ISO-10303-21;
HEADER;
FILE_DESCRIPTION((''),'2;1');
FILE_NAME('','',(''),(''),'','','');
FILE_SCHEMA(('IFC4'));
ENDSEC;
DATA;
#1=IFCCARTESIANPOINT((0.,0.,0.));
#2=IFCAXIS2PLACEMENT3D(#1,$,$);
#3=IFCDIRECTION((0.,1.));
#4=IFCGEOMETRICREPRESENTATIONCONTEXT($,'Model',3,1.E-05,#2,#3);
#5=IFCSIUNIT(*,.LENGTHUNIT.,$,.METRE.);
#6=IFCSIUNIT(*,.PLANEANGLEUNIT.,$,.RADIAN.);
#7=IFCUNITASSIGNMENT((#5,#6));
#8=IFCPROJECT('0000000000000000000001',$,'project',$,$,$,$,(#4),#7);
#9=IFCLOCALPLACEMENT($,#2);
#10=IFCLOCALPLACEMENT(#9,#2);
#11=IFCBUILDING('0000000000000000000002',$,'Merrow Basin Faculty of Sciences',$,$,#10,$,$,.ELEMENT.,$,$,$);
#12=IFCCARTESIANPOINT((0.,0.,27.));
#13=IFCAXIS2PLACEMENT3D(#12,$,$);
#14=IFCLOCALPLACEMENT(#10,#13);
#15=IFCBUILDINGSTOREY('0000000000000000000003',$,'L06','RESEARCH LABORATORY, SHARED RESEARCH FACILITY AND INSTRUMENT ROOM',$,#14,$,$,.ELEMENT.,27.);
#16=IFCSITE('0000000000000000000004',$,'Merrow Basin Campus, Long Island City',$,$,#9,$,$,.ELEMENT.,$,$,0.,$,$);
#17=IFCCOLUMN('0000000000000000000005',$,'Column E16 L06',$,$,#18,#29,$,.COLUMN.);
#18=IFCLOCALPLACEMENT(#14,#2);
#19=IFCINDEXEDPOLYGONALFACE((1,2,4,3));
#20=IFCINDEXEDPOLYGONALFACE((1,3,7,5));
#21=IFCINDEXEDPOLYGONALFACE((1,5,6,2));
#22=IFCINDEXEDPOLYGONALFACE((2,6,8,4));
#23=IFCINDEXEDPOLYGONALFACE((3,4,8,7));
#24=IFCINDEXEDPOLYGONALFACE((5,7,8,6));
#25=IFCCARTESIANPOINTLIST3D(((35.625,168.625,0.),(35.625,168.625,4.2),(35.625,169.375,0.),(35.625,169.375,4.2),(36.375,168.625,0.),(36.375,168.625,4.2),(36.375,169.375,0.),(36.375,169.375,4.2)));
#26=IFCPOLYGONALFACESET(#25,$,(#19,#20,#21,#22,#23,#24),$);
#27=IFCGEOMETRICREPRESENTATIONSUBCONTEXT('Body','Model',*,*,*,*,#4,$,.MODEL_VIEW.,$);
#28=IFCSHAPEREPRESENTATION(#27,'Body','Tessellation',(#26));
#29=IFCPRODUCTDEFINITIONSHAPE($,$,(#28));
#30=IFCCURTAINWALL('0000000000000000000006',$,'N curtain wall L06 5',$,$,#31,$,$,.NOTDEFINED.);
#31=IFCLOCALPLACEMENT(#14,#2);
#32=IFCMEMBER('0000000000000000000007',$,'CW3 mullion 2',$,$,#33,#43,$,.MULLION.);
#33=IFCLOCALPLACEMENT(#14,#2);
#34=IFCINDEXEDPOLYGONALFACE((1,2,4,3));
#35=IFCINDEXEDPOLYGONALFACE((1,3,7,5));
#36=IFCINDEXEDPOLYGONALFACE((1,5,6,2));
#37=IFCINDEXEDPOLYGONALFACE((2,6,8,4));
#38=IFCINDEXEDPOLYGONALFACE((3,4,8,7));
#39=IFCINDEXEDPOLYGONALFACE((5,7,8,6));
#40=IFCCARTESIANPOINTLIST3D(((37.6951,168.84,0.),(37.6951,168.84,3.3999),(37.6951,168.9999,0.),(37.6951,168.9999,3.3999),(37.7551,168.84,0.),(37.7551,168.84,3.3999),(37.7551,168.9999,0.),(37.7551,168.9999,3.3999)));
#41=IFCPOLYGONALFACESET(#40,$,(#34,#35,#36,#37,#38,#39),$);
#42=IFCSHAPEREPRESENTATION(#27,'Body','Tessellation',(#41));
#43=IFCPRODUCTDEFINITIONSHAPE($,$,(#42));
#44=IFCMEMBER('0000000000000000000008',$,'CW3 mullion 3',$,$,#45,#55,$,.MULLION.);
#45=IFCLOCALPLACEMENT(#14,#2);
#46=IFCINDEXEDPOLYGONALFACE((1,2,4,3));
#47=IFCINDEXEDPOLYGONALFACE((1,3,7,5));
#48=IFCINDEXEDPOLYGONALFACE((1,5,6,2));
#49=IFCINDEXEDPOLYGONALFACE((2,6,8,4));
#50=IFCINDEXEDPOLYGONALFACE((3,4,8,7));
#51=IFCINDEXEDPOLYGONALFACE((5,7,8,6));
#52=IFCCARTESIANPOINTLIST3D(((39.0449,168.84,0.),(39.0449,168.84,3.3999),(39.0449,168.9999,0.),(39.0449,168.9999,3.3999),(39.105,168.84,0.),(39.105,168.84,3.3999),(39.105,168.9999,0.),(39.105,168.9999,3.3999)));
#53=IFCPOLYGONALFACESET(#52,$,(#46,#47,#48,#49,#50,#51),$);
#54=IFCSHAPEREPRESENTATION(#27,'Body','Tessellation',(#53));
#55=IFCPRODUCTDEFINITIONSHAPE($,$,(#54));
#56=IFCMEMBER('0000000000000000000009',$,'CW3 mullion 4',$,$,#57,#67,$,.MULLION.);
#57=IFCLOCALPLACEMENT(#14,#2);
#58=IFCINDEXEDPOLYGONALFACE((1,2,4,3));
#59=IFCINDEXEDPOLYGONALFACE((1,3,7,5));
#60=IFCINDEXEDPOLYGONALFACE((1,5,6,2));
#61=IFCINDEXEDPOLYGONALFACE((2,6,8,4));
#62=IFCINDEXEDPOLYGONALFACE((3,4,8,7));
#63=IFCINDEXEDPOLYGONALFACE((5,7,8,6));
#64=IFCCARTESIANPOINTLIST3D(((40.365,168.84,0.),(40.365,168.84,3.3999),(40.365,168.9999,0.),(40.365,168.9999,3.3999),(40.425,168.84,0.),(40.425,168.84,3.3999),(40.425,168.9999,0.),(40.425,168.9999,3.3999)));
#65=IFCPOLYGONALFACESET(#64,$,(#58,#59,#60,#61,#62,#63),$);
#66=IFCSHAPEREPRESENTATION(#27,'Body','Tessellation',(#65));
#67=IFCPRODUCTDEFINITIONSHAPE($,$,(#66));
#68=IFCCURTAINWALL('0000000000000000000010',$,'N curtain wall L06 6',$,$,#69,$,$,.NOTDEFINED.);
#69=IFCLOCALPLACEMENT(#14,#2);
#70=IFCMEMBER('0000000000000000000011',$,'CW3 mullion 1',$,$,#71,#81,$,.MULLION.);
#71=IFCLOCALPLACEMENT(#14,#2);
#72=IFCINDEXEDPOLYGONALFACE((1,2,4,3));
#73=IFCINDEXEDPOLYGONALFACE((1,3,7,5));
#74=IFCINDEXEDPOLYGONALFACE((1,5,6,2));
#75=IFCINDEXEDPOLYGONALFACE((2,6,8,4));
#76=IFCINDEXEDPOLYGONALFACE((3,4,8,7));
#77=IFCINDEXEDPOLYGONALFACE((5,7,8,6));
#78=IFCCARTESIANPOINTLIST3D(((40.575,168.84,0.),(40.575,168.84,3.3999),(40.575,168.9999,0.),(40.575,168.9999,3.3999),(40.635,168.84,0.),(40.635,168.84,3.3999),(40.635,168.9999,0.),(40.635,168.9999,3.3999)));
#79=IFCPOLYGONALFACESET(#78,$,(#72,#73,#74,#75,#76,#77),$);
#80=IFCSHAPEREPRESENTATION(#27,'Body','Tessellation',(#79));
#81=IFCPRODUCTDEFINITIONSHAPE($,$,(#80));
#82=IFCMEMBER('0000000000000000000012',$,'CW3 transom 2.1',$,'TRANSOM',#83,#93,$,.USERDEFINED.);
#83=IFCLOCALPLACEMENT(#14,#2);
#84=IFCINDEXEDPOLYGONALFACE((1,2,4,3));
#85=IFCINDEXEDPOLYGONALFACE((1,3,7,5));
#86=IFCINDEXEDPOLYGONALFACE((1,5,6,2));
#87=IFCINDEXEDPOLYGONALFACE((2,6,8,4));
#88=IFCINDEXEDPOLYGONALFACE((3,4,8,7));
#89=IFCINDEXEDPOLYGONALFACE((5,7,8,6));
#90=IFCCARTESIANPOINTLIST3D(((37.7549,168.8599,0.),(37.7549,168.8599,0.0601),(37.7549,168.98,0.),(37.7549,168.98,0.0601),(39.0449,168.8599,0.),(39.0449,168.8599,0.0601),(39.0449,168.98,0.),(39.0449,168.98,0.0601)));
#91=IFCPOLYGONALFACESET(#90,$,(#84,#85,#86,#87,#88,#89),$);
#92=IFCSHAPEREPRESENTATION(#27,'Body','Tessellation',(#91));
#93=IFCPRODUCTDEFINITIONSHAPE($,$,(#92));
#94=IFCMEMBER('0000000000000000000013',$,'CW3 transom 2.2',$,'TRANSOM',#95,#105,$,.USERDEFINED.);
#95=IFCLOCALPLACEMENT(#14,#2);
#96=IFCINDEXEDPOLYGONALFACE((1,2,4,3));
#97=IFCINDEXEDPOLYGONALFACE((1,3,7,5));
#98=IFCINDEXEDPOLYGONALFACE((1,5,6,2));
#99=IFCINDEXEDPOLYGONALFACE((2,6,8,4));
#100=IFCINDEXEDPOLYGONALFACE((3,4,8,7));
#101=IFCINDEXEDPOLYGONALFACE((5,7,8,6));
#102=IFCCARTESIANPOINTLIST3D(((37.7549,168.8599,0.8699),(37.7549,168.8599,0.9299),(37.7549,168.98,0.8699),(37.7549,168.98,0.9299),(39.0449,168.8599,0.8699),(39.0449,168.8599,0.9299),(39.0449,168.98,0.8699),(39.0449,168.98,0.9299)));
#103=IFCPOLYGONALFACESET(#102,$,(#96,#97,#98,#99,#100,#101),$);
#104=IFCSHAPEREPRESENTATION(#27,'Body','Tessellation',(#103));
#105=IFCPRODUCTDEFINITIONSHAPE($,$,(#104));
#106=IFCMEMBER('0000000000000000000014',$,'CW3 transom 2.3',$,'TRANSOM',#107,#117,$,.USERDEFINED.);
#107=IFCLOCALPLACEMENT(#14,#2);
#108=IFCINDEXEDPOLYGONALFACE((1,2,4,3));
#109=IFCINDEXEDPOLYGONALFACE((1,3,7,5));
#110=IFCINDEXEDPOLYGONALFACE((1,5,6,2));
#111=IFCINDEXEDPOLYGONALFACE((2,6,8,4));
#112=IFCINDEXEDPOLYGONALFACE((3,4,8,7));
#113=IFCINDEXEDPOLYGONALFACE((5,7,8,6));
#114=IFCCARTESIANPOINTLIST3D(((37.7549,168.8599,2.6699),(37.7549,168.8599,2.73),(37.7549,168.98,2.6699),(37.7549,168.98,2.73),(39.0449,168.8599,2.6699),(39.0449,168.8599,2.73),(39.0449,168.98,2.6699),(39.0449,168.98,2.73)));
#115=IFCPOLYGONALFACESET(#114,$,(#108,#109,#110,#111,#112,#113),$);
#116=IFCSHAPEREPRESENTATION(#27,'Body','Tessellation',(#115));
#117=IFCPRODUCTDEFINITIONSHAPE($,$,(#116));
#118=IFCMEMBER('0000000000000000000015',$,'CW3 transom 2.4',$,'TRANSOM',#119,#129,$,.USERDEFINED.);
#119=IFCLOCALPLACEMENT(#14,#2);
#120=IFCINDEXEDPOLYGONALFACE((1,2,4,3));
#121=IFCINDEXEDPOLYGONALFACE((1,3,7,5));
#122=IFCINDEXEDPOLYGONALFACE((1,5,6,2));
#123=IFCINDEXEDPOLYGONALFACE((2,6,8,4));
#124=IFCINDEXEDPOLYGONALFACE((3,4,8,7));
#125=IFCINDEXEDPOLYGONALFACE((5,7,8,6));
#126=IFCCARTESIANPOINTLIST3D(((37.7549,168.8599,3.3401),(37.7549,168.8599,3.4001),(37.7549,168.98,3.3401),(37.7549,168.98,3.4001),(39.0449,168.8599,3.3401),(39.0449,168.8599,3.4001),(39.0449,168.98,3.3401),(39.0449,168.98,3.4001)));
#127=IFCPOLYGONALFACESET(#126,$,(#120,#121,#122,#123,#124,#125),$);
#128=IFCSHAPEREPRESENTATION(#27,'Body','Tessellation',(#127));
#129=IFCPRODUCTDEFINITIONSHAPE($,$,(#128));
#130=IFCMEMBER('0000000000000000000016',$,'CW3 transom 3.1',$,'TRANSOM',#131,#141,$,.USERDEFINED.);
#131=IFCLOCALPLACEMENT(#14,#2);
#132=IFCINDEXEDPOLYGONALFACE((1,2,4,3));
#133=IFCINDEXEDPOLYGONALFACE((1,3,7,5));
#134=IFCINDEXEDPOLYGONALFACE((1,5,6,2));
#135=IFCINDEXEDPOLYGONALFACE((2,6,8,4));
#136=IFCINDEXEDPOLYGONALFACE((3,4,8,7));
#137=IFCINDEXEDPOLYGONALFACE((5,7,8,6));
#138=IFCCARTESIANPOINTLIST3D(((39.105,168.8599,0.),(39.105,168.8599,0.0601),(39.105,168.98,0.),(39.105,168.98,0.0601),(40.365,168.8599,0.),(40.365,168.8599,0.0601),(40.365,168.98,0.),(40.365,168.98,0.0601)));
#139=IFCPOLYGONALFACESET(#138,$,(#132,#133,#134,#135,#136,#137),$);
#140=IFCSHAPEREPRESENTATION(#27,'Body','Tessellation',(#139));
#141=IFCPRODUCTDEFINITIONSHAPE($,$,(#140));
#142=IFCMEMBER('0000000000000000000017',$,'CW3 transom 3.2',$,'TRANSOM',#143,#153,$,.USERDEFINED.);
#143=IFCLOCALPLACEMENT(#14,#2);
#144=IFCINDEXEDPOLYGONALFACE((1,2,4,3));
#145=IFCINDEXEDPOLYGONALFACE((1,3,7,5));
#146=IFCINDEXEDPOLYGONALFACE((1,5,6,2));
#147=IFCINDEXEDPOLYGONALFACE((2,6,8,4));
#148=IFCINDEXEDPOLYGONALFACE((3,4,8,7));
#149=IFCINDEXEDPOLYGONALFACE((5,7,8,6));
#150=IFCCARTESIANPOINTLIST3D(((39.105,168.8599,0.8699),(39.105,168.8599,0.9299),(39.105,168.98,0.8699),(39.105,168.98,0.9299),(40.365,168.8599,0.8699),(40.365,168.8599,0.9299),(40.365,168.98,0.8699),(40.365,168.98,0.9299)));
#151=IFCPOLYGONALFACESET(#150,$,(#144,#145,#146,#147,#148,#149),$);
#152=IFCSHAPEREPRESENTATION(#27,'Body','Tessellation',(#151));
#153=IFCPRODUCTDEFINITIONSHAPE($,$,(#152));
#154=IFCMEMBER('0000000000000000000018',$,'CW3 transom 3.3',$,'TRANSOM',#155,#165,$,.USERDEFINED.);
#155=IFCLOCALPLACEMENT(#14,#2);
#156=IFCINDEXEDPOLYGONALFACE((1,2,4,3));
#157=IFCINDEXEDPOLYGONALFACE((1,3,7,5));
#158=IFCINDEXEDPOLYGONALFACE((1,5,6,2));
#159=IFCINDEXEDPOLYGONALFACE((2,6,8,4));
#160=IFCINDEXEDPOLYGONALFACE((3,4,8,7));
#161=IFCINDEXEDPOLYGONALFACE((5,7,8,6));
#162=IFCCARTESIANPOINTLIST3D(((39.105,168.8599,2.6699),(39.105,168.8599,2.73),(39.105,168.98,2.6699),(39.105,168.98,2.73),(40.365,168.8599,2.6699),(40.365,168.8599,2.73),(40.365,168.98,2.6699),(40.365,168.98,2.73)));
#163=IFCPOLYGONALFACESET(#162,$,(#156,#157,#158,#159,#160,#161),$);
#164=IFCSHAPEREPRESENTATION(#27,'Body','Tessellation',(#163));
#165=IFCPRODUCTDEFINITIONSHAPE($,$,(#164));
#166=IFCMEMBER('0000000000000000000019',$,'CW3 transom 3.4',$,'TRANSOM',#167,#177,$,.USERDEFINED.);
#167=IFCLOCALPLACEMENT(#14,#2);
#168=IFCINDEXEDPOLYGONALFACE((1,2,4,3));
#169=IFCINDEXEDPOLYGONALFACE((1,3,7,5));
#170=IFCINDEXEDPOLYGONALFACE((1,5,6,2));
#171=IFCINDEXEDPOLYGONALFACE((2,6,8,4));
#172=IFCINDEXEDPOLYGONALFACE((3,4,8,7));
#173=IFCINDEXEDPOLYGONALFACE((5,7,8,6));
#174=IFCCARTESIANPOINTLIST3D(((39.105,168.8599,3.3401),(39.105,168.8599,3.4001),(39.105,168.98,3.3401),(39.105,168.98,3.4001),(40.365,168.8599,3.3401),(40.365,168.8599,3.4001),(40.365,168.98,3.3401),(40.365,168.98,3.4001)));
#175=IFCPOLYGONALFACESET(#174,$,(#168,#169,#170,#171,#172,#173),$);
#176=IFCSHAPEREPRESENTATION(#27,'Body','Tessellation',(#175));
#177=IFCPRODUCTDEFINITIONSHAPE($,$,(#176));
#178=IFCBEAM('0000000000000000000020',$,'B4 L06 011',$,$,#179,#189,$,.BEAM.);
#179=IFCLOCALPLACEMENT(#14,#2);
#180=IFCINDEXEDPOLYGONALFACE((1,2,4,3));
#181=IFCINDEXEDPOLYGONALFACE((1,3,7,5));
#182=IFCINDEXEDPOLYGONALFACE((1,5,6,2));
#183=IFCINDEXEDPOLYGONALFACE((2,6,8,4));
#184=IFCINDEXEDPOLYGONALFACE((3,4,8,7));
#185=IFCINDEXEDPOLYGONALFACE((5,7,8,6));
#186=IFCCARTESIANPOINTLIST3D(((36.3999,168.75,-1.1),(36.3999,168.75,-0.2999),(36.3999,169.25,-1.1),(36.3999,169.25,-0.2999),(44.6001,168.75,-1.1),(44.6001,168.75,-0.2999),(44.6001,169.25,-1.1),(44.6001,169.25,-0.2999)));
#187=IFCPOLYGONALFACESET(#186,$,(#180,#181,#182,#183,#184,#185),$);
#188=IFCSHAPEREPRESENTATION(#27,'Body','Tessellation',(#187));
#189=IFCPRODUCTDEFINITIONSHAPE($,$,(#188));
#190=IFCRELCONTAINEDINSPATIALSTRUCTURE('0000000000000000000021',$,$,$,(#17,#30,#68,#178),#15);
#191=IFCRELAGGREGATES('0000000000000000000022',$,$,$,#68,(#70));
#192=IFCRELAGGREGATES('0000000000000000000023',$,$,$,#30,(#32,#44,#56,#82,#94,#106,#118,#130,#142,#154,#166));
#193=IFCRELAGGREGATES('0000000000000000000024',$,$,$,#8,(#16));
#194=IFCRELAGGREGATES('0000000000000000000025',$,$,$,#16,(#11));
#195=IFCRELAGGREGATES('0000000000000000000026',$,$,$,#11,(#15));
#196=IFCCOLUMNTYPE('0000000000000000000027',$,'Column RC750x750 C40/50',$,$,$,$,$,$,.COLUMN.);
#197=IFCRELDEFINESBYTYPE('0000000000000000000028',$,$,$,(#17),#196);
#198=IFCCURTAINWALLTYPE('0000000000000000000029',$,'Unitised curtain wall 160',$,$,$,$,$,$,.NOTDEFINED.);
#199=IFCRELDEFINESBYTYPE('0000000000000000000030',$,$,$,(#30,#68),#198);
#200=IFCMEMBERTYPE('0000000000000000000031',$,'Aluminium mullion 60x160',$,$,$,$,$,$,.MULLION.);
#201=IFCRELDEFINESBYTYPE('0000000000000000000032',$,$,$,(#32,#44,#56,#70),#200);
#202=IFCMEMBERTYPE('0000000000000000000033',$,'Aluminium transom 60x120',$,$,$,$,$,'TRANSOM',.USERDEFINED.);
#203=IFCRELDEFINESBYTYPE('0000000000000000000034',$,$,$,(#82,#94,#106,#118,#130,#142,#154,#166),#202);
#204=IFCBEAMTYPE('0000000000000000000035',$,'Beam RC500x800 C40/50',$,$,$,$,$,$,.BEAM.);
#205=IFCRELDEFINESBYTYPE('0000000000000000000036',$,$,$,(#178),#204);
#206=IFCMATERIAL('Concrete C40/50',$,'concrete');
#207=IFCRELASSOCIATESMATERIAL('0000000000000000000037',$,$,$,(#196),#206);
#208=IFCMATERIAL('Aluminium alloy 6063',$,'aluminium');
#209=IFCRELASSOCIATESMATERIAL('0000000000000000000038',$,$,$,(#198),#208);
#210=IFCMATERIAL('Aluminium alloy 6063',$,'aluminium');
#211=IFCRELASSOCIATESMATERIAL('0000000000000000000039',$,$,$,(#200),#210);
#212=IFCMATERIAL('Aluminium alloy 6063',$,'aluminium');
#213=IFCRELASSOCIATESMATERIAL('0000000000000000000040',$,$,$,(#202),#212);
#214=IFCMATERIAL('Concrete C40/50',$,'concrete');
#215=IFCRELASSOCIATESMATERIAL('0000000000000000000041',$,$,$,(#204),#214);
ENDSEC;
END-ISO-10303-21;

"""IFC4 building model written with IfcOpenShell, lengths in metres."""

from ifc_helpers import new_model, si_unit, direction, frame, origin, origin_2d, place, context, subcontext, project, spatial, rectangle, extrude, material, material_profile, profile_set, type_object, element, aggregate, save


model = new_model("IFC4")

# Units and contexts
model_context = context("Model", 3, precision=1e-05, world=origin(), true_north=direction((0.0, 1.0)))
body_context = subcontext(model_context, "Body", "Model", "MODEL_VIEW")
ifc_project = project(units=[si_unit("LENGTHUNIT", "METRE"), si_unit("PLANEANGLEUNIT", "RADIAN")], contexts=[model_context])

# Site, building, storey
site_placement = place(None, origin())
site = spatial("IfcSite", under=ifc_project, at=site_placement, Name="Merrow Basin Campus, Long Island City", CompositionType="ELEMENT", RefElevation=0.0)
building_placement = place(site_placement, origin())
building = spatial("IfcBuilding", under=site, at=building_placement, Name="Merrow Basin Faculty of Sciences", CompositionType="ELEMENT")
storey_placement = place(building_placement, frame((0.0, 0.0, 27.0)))
storey = spatial("IfcBuildingStorey", under=building, at=storey_placement, Name="L06", Description="RESEARCH LABORATORY, SHARED RESEARCH FACILITY AND INSTRUMENT ROOM", CompositionType="ELEMENT", Elevation=27.0)

# Column
ifc_material_1 = material(Name="Concrete C40/50", Category="concrete")
ifc_material_profile_1 = material_profile(ifc_material_1, rectangle(XDim=0.75, YDim=0.75, at=origin_2d()))
ifc_profile_set_1 = profile_set([ifc_material_profile_1], Name="Concrete C40/50")
column_type = type_object("IfcColumnType", Name="Column RC750x750 C40/50", PredefinedType="COLUMN", material=ifc_profile_set_1)
column_placement = place(storey_placement, frame((36.0, 169.0, 0.0), z_axis=(0.0, 0.0, 1.0), x_axis=(1.0, 0.0, 0.0)))
element("IfcColumn", 1, at=column_placement, inside=storey, type_object=column_type, Name="Column E16 L06", PredefinedType="COLUMN", context=body_context, shape_type="SweptSolid", body=[
    extrude(rectangle(XDim=0.75, YDim=0.75, at=origin_2d()), origin(), (0.0, 0.0, 1.0), 4.2),
])

# Curtain wall, members
ifc_material_2 = material(Name="Aluminium alloy 6063", Category="aluminium")
curtain_wall_type = type_object("IfcCurtainWallType", Name="Unitised curtain wall 160", PredefinedType="NOTDEFINED", material=ifc_material_2)
curtain_wall_1_placement = place(storey_placement, origin())
curtain_wall_1 = element("IfcCurtainWall", 2, at=curtain_wall_1_placement, inside=storey, type_object=curtain_wall_type, Name="N curtain wall L06 5", PredefinedType="NOTDEFINED")
ifc_material_3 = material(Name="Aluminium alloy 6063", Category="aluminium")
ifc_material_profile_2 = material_profile(ifc_material_3, rectangle(XDim=0.1599, YDim=0.0601, at=origin_2d()))
ifc_profile_set_2 = profile_set([ifc_material_profile_2], Name="Aluminium alloy 6063")
member_type_1 = type_object("IfcMemberType", Name="Aluminium mullion 60x160", PredefinedType="MULLION", material=ifc_profile_set_2)
member_1_placement = place(storey_placement, frame((37.7251, 168.9199, 0.0), z_axis=(0.0, 0.0, 1.0), x_axis=(0.0, 1.0, 0.0)))
member_1 = element("IfcMember", 3, at=member_1_placement, type_object=member_type_1, Name="CW3 mullion 2", PredefinedType="MULLION", context=body_context, shape_type="SweptSolid", body=[
    extrude(rectangle(XDim=0.1599, YDim=0.0601, at=origin_2d()), origin(), (0.0, 0.0, 1.0), 3.3999),
])
member_2_placement = place(storey_placement, frame((39.075, 168.9199, 0.0), z_axis=(0.0, 0.0, 1.0), x_axis=(0.0, 1.0, 0.0)))
member_2 = element("IfcMember", 4, at=member_2_placement, type_object=member_type_1, Name="CW3 mullion 3", PredefinedType="MULLION", context=body_context, shape_type="SweptSolid", body=[
    extrude(rectangle(XDim=0.1599, YDim=0.0601, at=origin_2d()), origin(), (0.0, 0.0, 1.0), 3.3999),
])
member_3_placement = place(storey_placement, frame((40.395, 168.9199, 0.0), z_axis=(0.0, 0.0, 1.0), x_axis=(0.0, 1.0, 0.0)))
member_3 = element("IfcMember", 5, at=member_3_placement, type_object=member_type_1, Name="CW3 mullion 4", PredefinedType="MULLION", context=body_context, shape_type="SweptSolid", body=[
    extrude(rectangle(XDim=0.1599, YDim=0.0601, at=origin_2d()), origin(), (0.0, 0.0, 1.0), 3.3999),
])

# Curtain wall, member
curtain_wall_2_placement = place(storey_placement, origin())
curtain_wall_2 = element("IfcCurtainWall", 6, at=curtain_wall_2_placement, inside=storey, type_object=curtain_wall_type, Name="N curtain wall L06 6", PredefinedType="NOTDEFINED")
member_4_placement = place(storey_placement, frame((40.605, 168.9199, 0.0), z_axis=(0.0, 0.0, 1.0), x_axis=(0.0, 1.0, 0.0)))
member_4 = element("IfcMember", 7, at=member_4_placement, type_object=member_type_1, Name="CW3 mullion 1", PredefinedType="MULLION", context=body_context, shape_type="SweptSolid", body=[
    extrude(rectangle(XDim=0.1599, YDim=0.0601, at=origin_2d()), origin(), (0.0, 0.0, 1.0), 3.3999),
])
aggregate(curtain_wall_2, [member_4])

# Members
ifc_material_4 = material(Name="Aluminium alloy 6063", Category="aluminium")
ifc_material_profile_3 = material_profile(ifc_material_4, rectangle(XDim=0.1201, YDim=0.0601, at=origin_2d()))
ifc_profile_set_3 = profile_set([ifc_material_profile_3], Name="Aluminium alloy 6063")
member_type_2 = type_object("IfcMemberType", Name="Aluminium transom 60x120", ElementType="TRANSOM", PredefinedType="USERDEFINED", material=ifc_profile_set_3)
member_5_placement = place(storey_placement, frame((37.7549, 168.9199, 0.03), z_axis=(1.0, 0.0, 0.0), x_axis=(0.0, 1.0, 0.0)))
member_5 = element("IfcMember", 8, at=member_5_placement, type_object=member_type_2, Name="CW3 transom 2.1", ObjectType="TRANSOM", PredefinedType="USERDEFINED", context=body_context, shape_type="SweptSolid", body=[
    extrude(rectangle(XDim=0.1201, YDim=0.0601, at=origin_2d()), origin(), (0.0, 0.0, 1.0), 1.29),
])
member_6_placement = place(storey_placement, frame((37.7549, 168.9199, 0.8999), z_axis=(1.0, 0.0, 0.0), x_axis=(0.0, 1.0, 0.0)))
member_6 = element("IfcMember", 9, at=member_6_placement, type_object=member_type_2, Name="CW3 transom 2.2", ObjectType="TRANSOM", PredefinedType="USERDEFINED", context=body_context, shape_type="SweptSolid", body=[
    extrude(rectangle(XDim=0.1201, YDim=0.0601, at=origin_2d()), origin(), (0.0, 0.0, 1.0), 1.29),
])
member_7_placement = place(storey_placement, frame((37.7549, 168.9199, 2.7), z_axis=(1.0, 0.0, 0.0), x_axis=(0.0, 1.0, 0.0)))
member_7 = element("IfcMember", 10, at=member_7_placement, type_object=member_type_2, Name="CW3 transom 2.3", ObjectType="TRANSOM", PredefinedType="USERDEFINED", context=body_context, shape_type="SweptSolid", body=[
    extrude(rectangle(XDim=0.1201, YDim=0.0601, at=origin_2d()), origin(), (0.0, 0.0, 1.0), 1.29),
])
member_8_placement = place(storey_placement, frame((37.7549, 168.9199, 3.3701), z_axis=(1.0, 0.0, 0.0), x_axis=(0.0, 1.0, 0.0)))
member_8 = element("IfcMember", 11, at=member_8_placement, type_object=member_type_2, Name="CW3 transom 2.4", ObjectType="TRANSOM", PredefinedType="USERDEFINED", context=body_context, shape_type="SweptSolid", body=[
    extrude(rectangle(XDim=0.1201, YDim=0.0601, at=origin_2d()), origin(), (0.0, 0.0, 1.0), 1.29),
])
member_9_placement = place(storey_placement, frame((39.105, 168.9199, 0.03), z_axis=(1.0, 0.0, 0.0), x_axis=(0.0, 1.0, 0.0)))
member_9 = element("IfcMember", 12, at=member_9_placement, type_object=member_type_2, Name="CW3 transom 3.1", ObjectType="TRANSOM", PredefinedType="USERDEFINED", context=body_context, shape_type="SweptSolid", body=[
    extrude(rectangle(XDim=0.1201, YDim=0.0601, at=origin_2d()), origin(), (0.0, 0.0, 1.0), 1.26),
])
member_10_placement = place(storey_placement, frame((39.105, 168.9199, 0.8999), z_axis=(1.0, 0.0, 0.0), x_axis=(0.0, 1.0, 0.0)))
member_10 = element("IfcMember", 13, at=member_10_placement, type_object=member_type_2, Name="CW3 transom 3.2", ObjectType="TRANSOM", PredefinedType="USERDEFINED", context=body_context, shape_type="SweptSolid", body=[
    extrude(rectangle(XDim=0.1201, YDim=0.0601, at=origin_2d()), origin(), (0.0, 0.0, 1.0), 1.26),
])
member_11_placement = place(storey_placement, frame((39.105, 168.9199, 2.7), z_axis=(1.0, 0.0, 0.0), x_axis=(0.0, 1.0, 0.0)))
member_11 = element("IfcMember", 14, at=member_11_placement, type_object=member_type_2, Name="CW3 transom 3.3", ObjectType="TRANSOM", PredefinedType="USERDEFINED", context=body_context, shape_type="SweptSolid", body=[
    extrude(rectangle(XDim=0.1201, YDim=0.0601, at=origin_2d()), origin(), (0.0, 0.0, 1.0), 1.26),
])
member_12_placement = place(storey_placement, frame((39.105, 168.9199, 3.3701), z_axis=(1.0, 0.0, 0.0), x_axis=(0.0, 1.0, 0.0)))
member_12 = element("IfcMember", 15, at=member_12_placement, type_object=member_type_2, Name="CW3 transom 3.4", ObjectType="TRANSOM", PredefinedType="USERDEFINED", context=body_context, shape_type="SweptSolid", body=[
    extrude(rectangle(XDim=0.1201, YDim=0.0601, at=origin_2d()), origin(), (0.0, 0.0, 1.0), 1.26),
])

# Beam
ifc_material_5 = material(Name="Concrete C40/50", Category="concrete")
ifc_material_profile_4 = material_profile(ifc_material_5, rectangle(XDim=0.5, YDim=0.8, at=origin_2d()))
ifc_profile_set_4 = profile_set([ifc_material_profile_4], Name="Concrete C40/50")
beam_type = type_object("IfcBeamType", Name="Beam RC500x800 C40/50", PredefinedType="BEAM", material=ifc_profile_set_4)
beam_placement = place(storey_placement, frame((36.3999, 169.0, -0.7), z_axis=(1.0, 0.0, 0.0), x_axis=(0.0, 1.0, 0.0)))
element("IfcBeam", 16, at=beam_placement, inside=storey, type_object=beam_type, Name="B4 L06 011", PredefinedType="BEAM", context=body_context, shape_type="SweptSolid", body=[
    extrude(rectangle(XDim=0.5, YDim=0.8, at=origin_2d()), origin(), (0.0, 0.0, 1.0), 8.2002),
])

aggregate(curtain_wall_1, [member_1, member_2, member_3, member_5, member_6, member_7, member_8, member_9, member_10, member_11, member_12])

save(model, "model.ifc")
